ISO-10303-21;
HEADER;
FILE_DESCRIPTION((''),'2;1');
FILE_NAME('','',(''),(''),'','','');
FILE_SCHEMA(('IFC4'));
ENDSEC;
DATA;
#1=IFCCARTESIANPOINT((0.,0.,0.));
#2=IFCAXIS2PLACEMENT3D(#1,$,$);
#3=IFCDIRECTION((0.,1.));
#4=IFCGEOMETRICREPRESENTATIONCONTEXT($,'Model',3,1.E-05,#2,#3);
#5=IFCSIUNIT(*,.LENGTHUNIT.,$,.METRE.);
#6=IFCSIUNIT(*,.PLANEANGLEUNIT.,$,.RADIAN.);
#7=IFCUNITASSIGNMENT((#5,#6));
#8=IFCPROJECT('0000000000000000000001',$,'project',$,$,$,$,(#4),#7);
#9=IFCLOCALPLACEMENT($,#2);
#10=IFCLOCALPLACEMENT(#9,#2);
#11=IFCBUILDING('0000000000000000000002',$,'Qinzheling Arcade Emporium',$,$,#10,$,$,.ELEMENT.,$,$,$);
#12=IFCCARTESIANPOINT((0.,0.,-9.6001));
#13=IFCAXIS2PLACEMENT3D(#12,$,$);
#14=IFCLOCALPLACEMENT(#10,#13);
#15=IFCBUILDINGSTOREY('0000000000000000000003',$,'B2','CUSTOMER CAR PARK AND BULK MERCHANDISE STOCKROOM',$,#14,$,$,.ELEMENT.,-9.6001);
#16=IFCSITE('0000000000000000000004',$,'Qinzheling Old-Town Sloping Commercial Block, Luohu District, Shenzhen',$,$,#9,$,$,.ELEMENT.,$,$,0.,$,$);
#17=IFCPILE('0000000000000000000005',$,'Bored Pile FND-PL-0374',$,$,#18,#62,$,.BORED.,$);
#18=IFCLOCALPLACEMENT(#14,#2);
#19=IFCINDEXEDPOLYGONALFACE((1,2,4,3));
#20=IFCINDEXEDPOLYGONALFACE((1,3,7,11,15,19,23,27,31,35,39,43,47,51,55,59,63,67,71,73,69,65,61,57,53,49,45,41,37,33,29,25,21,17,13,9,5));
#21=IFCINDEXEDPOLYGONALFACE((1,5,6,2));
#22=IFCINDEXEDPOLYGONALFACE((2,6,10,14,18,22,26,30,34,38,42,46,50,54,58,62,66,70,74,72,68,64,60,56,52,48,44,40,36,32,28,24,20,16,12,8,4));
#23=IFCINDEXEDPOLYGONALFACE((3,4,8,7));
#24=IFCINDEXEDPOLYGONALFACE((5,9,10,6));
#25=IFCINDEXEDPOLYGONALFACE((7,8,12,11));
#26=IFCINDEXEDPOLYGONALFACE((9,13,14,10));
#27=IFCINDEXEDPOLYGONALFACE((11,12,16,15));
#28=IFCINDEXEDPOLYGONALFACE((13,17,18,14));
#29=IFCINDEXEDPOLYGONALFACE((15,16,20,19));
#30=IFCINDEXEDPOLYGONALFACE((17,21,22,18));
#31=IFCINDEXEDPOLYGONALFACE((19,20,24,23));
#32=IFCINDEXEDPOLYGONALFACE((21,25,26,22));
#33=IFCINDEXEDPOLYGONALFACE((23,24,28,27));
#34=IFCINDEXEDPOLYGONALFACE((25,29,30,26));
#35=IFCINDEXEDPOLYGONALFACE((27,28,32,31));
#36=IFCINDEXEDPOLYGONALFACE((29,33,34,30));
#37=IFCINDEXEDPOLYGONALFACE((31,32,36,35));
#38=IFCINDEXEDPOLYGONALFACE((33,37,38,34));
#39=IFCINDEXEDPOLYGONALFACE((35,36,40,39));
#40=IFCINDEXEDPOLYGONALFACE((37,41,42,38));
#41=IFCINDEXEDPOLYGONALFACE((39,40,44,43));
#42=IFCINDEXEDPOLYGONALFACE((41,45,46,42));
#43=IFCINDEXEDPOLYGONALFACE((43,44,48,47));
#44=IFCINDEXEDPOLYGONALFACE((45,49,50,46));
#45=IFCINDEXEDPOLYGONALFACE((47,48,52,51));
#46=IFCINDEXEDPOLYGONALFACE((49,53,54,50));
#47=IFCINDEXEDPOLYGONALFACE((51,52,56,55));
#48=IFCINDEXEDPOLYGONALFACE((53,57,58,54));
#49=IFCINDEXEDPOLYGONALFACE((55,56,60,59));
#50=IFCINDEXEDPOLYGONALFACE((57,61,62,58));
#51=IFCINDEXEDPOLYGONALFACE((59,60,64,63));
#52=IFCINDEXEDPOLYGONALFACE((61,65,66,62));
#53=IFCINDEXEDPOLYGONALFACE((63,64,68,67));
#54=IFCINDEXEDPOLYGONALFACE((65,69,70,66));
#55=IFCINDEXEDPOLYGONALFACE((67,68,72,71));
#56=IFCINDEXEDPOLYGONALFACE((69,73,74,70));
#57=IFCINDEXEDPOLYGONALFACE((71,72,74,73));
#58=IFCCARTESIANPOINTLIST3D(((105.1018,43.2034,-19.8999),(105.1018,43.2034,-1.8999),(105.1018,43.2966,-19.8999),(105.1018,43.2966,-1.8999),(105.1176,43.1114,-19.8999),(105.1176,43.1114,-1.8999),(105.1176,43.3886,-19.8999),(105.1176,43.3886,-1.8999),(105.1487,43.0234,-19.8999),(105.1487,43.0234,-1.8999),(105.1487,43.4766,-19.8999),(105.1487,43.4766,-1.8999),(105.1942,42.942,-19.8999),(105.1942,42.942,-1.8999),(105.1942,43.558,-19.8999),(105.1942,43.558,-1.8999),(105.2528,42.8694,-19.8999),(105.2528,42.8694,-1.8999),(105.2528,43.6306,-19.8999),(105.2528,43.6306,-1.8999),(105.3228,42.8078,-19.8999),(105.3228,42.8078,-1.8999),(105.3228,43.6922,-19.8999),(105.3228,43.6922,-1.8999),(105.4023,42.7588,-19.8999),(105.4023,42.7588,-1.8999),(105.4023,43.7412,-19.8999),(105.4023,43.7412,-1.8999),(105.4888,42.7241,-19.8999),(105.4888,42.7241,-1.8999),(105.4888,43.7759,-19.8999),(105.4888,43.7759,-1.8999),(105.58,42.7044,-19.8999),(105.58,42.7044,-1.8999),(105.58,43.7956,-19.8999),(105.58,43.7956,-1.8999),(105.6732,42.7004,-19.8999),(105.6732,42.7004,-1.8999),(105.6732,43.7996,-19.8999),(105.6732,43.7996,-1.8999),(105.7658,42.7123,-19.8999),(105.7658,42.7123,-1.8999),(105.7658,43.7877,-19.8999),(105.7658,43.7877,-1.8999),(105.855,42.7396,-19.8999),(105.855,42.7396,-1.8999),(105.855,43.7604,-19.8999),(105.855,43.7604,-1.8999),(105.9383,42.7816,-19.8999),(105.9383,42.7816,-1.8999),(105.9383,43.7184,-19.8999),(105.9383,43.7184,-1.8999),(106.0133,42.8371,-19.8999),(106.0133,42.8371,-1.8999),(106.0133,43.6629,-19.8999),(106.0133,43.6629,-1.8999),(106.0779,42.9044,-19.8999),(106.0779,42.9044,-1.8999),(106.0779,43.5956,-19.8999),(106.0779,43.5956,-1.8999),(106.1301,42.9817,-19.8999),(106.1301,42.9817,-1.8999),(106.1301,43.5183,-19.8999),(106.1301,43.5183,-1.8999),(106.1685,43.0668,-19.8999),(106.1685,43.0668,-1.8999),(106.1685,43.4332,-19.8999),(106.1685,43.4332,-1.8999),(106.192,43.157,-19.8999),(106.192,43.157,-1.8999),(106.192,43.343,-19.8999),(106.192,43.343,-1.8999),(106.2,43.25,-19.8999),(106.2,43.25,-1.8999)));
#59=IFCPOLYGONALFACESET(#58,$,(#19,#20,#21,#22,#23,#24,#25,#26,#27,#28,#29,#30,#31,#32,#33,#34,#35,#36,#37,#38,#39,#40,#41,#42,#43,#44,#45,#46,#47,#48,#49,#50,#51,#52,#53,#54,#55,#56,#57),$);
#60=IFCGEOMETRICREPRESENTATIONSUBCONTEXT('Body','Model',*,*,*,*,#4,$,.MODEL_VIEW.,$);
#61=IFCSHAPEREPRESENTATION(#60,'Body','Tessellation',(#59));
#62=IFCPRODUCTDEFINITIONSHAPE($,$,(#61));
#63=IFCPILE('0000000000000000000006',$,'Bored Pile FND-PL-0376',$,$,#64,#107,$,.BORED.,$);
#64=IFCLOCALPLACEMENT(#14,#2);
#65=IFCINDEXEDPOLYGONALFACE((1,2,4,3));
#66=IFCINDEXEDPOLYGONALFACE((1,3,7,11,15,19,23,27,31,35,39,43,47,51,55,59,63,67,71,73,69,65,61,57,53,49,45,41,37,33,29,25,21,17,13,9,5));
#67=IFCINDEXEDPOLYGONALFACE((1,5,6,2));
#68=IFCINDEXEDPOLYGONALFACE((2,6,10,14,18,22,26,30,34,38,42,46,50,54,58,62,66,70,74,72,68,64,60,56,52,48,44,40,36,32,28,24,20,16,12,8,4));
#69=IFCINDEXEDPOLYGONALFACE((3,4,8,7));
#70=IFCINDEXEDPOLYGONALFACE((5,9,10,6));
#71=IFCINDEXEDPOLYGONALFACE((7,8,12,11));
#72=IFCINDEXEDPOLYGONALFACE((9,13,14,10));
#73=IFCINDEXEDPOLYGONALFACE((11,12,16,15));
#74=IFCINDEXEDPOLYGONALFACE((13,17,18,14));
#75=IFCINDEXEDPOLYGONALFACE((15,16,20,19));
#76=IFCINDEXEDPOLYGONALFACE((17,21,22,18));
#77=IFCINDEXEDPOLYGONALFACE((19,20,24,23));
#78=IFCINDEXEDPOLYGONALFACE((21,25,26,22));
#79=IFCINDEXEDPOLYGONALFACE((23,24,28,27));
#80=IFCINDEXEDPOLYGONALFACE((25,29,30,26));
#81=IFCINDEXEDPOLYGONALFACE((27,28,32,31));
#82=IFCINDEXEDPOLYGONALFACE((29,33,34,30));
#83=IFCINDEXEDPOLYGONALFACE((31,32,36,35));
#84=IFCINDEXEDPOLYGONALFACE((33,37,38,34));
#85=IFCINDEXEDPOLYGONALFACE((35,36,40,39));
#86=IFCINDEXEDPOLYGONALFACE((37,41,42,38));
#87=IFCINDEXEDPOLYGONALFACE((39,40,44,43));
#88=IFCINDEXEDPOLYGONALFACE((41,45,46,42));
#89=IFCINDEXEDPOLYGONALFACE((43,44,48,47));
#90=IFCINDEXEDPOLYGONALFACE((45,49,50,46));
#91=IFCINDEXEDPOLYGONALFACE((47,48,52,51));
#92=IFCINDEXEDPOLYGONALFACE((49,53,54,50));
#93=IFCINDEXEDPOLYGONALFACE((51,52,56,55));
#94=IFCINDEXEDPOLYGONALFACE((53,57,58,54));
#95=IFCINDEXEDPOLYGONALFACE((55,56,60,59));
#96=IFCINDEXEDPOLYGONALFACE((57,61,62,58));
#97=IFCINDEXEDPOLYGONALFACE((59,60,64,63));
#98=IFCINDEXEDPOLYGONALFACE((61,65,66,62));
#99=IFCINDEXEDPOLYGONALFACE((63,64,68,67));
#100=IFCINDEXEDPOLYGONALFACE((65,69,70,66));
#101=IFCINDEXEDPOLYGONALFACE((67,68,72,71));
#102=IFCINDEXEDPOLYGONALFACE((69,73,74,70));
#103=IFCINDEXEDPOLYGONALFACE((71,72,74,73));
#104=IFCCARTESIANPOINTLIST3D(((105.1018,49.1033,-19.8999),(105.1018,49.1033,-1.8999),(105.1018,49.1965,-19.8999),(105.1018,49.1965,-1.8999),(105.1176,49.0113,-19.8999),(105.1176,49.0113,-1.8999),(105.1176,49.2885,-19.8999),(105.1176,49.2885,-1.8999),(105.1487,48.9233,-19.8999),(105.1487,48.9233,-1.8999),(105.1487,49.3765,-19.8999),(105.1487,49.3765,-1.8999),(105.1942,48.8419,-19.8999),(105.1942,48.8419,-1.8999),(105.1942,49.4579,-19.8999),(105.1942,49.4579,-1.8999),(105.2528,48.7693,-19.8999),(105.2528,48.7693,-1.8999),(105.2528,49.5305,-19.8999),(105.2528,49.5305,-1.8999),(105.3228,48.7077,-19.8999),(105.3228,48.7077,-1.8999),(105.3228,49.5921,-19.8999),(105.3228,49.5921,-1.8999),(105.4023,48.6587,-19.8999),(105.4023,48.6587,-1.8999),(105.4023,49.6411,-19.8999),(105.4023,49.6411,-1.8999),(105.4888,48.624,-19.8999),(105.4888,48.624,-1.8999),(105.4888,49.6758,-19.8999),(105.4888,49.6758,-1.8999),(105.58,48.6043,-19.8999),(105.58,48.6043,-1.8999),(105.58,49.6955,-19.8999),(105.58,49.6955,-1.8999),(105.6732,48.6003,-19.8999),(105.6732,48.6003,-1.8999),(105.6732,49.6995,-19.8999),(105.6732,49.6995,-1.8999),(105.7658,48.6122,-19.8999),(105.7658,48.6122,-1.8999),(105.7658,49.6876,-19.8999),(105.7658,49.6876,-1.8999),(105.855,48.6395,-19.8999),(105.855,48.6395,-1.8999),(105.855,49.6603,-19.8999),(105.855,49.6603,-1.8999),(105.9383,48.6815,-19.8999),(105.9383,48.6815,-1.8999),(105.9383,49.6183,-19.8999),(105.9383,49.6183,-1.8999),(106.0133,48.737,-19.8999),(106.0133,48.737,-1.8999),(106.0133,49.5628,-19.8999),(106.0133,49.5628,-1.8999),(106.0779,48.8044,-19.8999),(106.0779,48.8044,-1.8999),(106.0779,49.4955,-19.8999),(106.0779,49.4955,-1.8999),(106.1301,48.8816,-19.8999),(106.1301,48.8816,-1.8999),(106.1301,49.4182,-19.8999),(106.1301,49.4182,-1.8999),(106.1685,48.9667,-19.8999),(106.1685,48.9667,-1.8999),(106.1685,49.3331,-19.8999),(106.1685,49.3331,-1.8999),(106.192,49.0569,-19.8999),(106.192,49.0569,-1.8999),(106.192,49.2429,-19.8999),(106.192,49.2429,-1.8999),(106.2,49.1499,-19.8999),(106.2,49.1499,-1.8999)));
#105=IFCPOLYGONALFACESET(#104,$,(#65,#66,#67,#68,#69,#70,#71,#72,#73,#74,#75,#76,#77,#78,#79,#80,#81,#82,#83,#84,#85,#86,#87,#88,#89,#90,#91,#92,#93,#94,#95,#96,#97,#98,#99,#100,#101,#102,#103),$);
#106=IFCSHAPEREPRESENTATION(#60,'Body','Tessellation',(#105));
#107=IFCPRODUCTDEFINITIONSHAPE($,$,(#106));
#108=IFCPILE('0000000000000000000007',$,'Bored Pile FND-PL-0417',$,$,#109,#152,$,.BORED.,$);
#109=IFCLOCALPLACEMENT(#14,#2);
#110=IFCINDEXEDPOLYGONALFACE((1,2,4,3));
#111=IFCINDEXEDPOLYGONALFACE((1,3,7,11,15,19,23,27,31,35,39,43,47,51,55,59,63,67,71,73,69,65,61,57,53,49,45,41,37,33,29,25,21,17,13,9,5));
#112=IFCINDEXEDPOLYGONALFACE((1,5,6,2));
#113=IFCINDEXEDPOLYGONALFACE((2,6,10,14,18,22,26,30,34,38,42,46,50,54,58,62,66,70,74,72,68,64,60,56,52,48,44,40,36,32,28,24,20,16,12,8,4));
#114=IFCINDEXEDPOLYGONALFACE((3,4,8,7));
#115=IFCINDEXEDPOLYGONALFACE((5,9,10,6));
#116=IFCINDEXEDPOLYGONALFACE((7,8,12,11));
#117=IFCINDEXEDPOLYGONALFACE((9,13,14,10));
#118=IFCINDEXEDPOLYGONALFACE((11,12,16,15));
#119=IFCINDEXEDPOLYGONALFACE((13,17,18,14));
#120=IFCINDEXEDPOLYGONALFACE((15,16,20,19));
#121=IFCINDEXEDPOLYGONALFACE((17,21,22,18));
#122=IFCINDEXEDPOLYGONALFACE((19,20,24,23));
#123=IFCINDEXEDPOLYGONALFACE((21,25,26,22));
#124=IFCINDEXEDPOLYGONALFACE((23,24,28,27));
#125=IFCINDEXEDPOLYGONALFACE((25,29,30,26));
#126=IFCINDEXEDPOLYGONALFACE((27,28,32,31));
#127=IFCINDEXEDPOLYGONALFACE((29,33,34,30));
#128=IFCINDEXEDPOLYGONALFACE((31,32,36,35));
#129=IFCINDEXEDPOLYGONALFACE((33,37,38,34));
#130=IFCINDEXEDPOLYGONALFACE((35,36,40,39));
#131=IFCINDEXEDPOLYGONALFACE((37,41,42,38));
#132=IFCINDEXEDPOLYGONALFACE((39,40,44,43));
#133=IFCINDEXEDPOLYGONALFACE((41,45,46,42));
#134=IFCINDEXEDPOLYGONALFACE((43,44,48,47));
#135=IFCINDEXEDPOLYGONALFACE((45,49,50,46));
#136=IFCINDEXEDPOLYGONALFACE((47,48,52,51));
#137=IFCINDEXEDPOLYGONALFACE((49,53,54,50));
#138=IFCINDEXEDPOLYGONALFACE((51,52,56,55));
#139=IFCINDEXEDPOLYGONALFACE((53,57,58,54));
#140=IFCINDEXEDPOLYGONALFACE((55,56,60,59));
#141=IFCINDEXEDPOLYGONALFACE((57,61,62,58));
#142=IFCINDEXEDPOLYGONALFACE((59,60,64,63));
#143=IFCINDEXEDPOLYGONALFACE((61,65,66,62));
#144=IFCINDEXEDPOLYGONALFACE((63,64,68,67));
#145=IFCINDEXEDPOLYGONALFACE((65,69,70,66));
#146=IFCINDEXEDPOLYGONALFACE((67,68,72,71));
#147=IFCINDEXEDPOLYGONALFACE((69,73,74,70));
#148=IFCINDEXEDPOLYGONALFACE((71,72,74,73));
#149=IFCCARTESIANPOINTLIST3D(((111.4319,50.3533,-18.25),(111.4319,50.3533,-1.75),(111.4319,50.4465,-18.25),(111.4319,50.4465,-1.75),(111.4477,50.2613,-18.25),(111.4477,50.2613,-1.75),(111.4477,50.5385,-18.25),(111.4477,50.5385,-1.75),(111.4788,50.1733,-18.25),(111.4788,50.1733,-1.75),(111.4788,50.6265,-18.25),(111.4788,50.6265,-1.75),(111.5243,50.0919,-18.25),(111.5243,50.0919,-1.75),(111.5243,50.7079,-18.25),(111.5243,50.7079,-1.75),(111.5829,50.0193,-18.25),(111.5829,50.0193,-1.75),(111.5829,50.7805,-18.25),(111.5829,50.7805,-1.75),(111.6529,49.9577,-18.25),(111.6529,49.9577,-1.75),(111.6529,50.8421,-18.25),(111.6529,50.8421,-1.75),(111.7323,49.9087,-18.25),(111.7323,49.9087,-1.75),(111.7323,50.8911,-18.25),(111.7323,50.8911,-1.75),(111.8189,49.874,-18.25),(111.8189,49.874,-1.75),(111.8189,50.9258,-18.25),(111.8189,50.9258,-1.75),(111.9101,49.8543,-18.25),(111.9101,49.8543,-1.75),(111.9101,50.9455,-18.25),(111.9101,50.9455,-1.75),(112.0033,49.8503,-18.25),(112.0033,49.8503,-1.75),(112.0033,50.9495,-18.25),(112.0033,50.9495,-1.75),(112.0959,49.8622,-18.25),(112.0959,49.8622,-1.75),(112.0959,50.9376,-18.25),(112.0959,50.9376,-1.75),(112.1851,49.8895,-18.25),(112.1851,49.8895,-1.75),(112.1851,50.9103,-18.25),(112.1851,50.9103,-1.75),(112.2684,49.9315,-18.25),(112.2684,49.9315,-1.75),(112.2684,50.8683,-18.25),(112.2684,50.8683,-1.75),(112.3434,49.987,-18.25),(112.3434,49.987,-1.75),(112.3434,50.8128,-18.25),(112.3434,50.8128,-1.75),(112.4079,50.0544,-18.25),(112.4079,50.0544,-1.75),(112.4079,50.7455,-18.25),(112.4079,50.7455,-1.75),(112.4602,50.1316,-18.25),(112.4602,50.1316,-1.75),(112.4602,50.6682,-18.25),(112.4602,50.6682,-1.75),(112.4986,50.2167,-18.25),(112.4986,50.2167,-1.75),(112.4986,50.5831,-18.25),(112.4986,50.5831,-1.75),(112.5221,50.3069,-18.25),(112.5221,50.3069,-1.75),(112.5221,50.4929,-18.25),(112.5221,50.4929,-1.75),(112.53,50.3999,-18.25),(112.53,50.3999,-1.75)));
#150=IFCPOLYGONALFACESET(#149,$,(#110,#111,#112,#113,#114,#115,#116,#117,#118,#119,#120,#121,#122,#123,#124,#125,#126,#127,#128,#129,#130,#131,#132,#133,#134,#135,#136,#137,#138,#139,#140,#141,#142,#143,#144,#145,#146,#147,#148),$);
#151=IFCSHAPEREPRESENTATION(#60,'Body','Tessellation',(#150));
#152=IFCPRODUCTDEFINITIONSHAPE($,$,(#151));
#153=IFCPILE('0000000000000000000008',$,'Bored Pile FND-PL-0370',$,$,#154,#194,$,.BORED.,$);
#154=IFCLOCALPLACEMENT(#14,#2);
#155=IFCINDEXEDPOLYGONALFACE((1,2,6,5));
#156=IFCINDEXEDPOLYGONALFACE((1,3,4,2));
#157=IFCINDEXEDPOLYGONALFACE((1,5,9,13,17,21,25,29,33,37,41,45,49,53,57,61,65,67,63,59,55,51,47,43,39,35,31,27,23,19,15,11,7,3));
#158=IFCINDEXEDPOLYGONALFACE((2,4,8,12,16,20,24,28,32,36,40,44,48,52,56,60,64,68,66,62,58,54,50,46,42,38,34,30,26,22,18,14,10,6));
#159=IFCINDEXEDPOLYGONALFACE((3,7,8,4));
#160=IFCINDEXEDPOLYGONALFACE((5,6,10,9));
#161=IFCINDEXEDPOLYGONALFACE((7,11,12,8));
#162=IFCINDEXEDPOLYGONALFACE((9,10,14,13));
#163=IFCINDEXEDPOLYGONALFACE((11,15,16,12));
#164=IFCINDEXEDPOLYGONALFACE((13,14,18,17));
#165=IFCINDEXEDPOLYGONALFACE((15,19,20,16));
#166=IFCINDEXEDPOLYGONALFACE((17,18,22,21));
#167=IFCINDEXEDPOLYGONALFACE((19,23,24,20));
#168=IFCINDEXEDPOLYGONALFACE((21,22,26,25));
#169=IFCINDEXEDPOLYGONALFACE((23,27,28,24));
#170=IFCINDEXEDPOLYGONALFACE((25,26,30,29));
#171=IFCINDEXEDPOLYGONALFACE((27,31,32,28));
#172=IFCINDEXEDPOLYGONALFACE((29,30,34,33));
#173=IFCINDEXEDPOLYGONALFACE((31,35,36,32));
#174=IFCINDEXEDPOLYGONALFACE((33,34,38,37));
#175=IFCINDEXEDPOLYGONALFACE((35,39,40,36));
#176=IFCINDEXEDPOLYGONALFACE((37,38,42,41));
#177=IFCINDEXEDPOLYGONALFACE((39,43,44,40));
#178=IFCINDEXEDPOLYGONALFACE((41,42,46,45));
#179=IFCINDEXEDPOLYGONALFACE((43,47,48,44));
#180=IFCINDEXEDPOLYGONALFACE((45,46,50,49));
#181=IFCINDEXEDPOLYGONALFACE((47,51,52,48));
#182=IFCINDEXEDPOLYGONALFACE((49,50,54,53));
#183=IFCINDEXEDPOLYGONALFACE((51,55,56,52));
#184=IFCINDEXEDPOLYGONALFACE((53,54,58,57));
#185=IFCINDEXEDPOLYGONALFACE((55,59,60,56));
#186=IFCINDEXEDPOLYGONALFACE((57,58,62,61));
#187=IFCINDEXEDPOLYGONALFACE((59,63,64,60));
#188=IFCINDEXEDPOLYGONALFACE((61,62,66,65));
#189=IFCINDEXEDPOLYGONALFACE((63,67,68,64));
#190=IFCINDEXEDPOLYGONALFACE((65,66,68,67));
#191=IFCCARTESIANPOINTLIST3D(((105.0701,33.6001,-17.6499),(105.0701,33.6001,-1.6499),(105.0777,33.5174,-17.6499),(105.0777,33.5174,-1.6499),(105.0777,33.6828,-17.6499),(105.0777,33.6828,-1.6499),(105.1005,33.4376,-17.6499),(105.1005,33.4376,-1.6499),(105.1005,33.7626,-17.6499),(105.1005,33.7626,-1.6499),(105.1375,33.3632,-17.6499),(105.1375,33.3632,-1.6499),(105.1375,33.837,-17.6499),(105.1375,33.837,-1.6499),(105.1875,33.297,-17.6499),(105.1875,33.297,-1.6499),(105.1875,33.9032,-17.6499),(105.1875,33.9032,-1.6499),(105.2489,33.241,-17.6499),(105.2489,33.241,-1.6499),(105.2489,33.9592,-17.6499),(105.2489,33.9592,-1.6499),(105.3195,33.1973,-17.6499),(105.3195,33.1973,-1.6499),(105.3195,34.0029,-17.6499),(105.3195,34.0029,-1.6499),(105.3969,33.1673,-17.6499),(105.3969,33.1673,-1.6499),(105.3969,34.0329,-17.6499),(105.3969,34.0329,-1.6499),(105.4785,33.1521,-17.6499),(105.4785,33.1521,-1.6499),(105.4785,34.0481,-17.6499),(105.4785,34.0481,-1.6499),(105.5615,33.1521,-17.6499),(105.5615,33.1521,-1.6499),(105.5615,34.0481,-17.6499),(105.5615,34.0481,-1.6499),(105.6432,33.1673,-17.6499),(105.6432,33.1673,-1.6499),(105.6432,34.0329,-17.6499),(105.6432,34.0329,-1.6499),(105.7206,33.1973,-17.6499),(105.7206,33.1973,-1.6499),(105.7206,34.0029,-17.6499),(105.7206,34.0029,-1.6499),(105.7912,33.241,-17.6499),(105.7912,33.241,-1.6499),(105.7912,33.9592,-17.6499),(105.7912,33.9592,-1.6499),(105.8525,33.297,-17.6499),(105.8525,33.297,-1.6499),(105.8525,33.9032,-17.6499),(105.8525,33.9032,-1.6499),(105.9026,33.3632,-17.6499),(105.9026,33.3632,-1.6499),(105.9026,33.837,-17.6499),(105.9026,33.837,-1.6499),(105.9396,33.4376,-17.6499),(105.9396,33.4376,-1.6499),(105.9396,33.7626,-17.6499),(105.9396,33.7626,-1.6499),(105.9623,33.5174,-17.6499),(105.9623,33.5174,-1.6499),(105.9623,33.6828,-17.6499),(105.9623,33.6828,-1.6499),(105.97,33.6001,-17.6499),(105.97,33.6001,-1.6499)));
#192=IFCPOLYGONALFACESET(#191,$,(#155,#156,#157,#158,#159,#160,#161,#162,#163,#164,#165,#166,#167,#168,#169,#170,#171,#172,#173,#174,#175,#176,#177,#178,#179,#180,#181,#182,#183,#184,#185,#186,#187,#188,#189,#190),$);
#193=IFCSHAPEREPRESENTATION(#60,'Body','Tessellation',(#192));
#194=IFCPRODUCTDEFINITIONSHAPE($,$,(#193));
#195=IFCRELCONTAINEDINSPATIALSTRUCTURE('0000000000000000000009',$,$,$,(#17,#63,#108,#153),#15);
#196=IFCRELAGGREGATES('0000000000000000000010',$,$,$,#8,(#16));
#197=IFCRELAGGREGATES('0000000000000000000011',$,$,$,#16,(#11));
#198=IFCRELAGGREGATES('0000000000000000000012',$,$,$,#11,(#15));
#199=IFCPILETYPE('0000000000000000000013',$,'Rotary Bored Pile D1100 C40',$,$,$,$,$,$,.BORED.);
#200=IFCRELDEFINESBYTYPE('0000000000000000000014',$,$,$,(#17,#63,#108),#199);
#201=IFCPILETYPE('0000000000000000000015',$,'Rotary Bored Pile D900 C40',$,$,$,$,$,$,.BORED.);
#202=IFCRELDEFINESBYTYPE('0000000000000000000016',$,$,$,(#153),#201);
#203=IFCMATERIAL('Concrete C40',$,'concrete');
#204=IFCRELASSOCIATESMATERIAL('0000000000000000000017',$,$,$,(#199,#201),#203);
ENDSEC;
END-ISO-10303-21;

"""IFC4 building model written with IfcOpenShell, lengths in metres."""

from ifc_helpers import new_model, si_unit, direction, frame, origin, origin_2d, place, context, subcontext, project, spatial, circle, extrude, material, material_profile, profile_set, type_object, element, save


model = new_model("IFC4")

# Units and contexts
model_context = context("Model", 3, precision=1e-05, world=origin(), true_north=direction((0.0, 1.0)))
body_context = subcontext(model_context, "Body", "Model", "MODEL_VIEW")
ifc_project = project(units=[si_unit("LENGTHUNIT", "METRE"), si_unit("PLANEANGLEUNIT", "RADIAN")], contexts=[model_context])

# Site, building, storey
site_placement = place(None, origin())
site = spatial("IfcSite", under=ifc_project, at=site_placement, Name="Qinzheling Old-Town Sloping Commercial Block, Luohu District, Shenzhen", CompositionType="ELEMENT", RefElevation=0.0)
building_placement = place(site_placement, origin())
building = spatial("IfcBuilding", under=site, at=building_placement, Name="Qinzheling Arcade Emporium", CompositionType="ELEMENT")
storey_placement = place(building_placement, frame((0.0, 0.0, -9.6001)))
storey = spatial("IfcBuildingStorey", under=building, at=storey_placement, Name="B2", Description="CUSTOMER CAR PARK AND BULK MERCHANDISE STOCKROOM", CompositionType="ELEMENT", Elevation=-9.6001)

# Shared definitions
ifc_material_1 = material(Name="Concrete C40", Category="concrete")

# Piles
ifc_material_profile_1 = material_profile(ifc_material_1, circle(Radius=0.55, at=origin_2d()), Name="BORED D1100", Category="concrete")
ifc_profile_set_1 = profile_set([ifc_material_profile_1], Name="Concrete C40")
pile_type_1 = type_object("IfcPileType", Name="Rotary Bored Pile D1100 C40", PredefinedType="BORED", material=ifc_profile_set_1)
for number, where, z_axis, x_axis, name in (
    (1, (105.6499, 43.25, -1.8999), (0.0, 0.0, -1.0), (1.0, 0.0, 0.0), "Bored Pile FND-PL-0374"),
    (2, (105.6499, 49.1499, -1.8999), (0.0, 0.0, -1.0), (1.0, 0.0, 0.0), "Bored Pile FND-PL-0376"),
):
    element("IfcPile", number, at=place(storey_placement, frame(where, z_axis=z_axis, x_axis=x_axis)), inside=storey, type_object=pile_type_1, Name=name, PredefinedType="BORED", context=body_context, shape_type="SweptSolid", body=[
        extrude(circle(Radius=0.55, at=origin_2d()), origin(), (0.0, 0.0, 1.0), 18.0),
    ])
pile_1_placement = place(storey_placement, frame((111.98, 50.3999, -1.75), z_axis=(0.0, 0.0, -1.0), x_axis=(1.0, 0.0, 0.0)))
element("IfcPile", 3, at=pile_1_placement, inside=storey, type_object=pile_type_1, Name="Bored Pile FND-PL-0417", PredefinedType="BORED", context=body_context, shape_type="SweptSolid", body=[
    extrude(circle(Radius=0.55, at=origin_2d()), origin(), (0.0, 0.0, 1.0), 16.5),
])
ifc_material_profile_2 = material_profile(ifc_material_1, circle(Radius=0.45, at=origin_2d()), Name="BORED D900", Category="concrete")
ifc_profile_set_2 = profile_set([ifc_material_profile_2], Name="Concrete C40")
pile_type_2 = type_object("IfcPileType", Name="Rotary Bored Pile D900 C40", PredefinedType="BORED", material=ifc_profile_set_2)
pile_2_placement = place(storey_placement, frame((105.52, 33.6001, -1.6499), z_axis=(0.0, 0.0, -1.0), x_axis=(1.0, 0.0, 0.0)))
element("IfcPile", 4, at=pile_2_placement, inside=storey, type_object=pile_type_2, Name="Bored Pile FND-PL-0370", PredefinedType="BORED", context=body_context, shape_type="SweptSolid", body=[
    extrude(circle(Radius=0.45, at=origin_2d()), origin(), (0.0, 0.0, 1.0), 16.0),
])

save(model, "model.ifc")
